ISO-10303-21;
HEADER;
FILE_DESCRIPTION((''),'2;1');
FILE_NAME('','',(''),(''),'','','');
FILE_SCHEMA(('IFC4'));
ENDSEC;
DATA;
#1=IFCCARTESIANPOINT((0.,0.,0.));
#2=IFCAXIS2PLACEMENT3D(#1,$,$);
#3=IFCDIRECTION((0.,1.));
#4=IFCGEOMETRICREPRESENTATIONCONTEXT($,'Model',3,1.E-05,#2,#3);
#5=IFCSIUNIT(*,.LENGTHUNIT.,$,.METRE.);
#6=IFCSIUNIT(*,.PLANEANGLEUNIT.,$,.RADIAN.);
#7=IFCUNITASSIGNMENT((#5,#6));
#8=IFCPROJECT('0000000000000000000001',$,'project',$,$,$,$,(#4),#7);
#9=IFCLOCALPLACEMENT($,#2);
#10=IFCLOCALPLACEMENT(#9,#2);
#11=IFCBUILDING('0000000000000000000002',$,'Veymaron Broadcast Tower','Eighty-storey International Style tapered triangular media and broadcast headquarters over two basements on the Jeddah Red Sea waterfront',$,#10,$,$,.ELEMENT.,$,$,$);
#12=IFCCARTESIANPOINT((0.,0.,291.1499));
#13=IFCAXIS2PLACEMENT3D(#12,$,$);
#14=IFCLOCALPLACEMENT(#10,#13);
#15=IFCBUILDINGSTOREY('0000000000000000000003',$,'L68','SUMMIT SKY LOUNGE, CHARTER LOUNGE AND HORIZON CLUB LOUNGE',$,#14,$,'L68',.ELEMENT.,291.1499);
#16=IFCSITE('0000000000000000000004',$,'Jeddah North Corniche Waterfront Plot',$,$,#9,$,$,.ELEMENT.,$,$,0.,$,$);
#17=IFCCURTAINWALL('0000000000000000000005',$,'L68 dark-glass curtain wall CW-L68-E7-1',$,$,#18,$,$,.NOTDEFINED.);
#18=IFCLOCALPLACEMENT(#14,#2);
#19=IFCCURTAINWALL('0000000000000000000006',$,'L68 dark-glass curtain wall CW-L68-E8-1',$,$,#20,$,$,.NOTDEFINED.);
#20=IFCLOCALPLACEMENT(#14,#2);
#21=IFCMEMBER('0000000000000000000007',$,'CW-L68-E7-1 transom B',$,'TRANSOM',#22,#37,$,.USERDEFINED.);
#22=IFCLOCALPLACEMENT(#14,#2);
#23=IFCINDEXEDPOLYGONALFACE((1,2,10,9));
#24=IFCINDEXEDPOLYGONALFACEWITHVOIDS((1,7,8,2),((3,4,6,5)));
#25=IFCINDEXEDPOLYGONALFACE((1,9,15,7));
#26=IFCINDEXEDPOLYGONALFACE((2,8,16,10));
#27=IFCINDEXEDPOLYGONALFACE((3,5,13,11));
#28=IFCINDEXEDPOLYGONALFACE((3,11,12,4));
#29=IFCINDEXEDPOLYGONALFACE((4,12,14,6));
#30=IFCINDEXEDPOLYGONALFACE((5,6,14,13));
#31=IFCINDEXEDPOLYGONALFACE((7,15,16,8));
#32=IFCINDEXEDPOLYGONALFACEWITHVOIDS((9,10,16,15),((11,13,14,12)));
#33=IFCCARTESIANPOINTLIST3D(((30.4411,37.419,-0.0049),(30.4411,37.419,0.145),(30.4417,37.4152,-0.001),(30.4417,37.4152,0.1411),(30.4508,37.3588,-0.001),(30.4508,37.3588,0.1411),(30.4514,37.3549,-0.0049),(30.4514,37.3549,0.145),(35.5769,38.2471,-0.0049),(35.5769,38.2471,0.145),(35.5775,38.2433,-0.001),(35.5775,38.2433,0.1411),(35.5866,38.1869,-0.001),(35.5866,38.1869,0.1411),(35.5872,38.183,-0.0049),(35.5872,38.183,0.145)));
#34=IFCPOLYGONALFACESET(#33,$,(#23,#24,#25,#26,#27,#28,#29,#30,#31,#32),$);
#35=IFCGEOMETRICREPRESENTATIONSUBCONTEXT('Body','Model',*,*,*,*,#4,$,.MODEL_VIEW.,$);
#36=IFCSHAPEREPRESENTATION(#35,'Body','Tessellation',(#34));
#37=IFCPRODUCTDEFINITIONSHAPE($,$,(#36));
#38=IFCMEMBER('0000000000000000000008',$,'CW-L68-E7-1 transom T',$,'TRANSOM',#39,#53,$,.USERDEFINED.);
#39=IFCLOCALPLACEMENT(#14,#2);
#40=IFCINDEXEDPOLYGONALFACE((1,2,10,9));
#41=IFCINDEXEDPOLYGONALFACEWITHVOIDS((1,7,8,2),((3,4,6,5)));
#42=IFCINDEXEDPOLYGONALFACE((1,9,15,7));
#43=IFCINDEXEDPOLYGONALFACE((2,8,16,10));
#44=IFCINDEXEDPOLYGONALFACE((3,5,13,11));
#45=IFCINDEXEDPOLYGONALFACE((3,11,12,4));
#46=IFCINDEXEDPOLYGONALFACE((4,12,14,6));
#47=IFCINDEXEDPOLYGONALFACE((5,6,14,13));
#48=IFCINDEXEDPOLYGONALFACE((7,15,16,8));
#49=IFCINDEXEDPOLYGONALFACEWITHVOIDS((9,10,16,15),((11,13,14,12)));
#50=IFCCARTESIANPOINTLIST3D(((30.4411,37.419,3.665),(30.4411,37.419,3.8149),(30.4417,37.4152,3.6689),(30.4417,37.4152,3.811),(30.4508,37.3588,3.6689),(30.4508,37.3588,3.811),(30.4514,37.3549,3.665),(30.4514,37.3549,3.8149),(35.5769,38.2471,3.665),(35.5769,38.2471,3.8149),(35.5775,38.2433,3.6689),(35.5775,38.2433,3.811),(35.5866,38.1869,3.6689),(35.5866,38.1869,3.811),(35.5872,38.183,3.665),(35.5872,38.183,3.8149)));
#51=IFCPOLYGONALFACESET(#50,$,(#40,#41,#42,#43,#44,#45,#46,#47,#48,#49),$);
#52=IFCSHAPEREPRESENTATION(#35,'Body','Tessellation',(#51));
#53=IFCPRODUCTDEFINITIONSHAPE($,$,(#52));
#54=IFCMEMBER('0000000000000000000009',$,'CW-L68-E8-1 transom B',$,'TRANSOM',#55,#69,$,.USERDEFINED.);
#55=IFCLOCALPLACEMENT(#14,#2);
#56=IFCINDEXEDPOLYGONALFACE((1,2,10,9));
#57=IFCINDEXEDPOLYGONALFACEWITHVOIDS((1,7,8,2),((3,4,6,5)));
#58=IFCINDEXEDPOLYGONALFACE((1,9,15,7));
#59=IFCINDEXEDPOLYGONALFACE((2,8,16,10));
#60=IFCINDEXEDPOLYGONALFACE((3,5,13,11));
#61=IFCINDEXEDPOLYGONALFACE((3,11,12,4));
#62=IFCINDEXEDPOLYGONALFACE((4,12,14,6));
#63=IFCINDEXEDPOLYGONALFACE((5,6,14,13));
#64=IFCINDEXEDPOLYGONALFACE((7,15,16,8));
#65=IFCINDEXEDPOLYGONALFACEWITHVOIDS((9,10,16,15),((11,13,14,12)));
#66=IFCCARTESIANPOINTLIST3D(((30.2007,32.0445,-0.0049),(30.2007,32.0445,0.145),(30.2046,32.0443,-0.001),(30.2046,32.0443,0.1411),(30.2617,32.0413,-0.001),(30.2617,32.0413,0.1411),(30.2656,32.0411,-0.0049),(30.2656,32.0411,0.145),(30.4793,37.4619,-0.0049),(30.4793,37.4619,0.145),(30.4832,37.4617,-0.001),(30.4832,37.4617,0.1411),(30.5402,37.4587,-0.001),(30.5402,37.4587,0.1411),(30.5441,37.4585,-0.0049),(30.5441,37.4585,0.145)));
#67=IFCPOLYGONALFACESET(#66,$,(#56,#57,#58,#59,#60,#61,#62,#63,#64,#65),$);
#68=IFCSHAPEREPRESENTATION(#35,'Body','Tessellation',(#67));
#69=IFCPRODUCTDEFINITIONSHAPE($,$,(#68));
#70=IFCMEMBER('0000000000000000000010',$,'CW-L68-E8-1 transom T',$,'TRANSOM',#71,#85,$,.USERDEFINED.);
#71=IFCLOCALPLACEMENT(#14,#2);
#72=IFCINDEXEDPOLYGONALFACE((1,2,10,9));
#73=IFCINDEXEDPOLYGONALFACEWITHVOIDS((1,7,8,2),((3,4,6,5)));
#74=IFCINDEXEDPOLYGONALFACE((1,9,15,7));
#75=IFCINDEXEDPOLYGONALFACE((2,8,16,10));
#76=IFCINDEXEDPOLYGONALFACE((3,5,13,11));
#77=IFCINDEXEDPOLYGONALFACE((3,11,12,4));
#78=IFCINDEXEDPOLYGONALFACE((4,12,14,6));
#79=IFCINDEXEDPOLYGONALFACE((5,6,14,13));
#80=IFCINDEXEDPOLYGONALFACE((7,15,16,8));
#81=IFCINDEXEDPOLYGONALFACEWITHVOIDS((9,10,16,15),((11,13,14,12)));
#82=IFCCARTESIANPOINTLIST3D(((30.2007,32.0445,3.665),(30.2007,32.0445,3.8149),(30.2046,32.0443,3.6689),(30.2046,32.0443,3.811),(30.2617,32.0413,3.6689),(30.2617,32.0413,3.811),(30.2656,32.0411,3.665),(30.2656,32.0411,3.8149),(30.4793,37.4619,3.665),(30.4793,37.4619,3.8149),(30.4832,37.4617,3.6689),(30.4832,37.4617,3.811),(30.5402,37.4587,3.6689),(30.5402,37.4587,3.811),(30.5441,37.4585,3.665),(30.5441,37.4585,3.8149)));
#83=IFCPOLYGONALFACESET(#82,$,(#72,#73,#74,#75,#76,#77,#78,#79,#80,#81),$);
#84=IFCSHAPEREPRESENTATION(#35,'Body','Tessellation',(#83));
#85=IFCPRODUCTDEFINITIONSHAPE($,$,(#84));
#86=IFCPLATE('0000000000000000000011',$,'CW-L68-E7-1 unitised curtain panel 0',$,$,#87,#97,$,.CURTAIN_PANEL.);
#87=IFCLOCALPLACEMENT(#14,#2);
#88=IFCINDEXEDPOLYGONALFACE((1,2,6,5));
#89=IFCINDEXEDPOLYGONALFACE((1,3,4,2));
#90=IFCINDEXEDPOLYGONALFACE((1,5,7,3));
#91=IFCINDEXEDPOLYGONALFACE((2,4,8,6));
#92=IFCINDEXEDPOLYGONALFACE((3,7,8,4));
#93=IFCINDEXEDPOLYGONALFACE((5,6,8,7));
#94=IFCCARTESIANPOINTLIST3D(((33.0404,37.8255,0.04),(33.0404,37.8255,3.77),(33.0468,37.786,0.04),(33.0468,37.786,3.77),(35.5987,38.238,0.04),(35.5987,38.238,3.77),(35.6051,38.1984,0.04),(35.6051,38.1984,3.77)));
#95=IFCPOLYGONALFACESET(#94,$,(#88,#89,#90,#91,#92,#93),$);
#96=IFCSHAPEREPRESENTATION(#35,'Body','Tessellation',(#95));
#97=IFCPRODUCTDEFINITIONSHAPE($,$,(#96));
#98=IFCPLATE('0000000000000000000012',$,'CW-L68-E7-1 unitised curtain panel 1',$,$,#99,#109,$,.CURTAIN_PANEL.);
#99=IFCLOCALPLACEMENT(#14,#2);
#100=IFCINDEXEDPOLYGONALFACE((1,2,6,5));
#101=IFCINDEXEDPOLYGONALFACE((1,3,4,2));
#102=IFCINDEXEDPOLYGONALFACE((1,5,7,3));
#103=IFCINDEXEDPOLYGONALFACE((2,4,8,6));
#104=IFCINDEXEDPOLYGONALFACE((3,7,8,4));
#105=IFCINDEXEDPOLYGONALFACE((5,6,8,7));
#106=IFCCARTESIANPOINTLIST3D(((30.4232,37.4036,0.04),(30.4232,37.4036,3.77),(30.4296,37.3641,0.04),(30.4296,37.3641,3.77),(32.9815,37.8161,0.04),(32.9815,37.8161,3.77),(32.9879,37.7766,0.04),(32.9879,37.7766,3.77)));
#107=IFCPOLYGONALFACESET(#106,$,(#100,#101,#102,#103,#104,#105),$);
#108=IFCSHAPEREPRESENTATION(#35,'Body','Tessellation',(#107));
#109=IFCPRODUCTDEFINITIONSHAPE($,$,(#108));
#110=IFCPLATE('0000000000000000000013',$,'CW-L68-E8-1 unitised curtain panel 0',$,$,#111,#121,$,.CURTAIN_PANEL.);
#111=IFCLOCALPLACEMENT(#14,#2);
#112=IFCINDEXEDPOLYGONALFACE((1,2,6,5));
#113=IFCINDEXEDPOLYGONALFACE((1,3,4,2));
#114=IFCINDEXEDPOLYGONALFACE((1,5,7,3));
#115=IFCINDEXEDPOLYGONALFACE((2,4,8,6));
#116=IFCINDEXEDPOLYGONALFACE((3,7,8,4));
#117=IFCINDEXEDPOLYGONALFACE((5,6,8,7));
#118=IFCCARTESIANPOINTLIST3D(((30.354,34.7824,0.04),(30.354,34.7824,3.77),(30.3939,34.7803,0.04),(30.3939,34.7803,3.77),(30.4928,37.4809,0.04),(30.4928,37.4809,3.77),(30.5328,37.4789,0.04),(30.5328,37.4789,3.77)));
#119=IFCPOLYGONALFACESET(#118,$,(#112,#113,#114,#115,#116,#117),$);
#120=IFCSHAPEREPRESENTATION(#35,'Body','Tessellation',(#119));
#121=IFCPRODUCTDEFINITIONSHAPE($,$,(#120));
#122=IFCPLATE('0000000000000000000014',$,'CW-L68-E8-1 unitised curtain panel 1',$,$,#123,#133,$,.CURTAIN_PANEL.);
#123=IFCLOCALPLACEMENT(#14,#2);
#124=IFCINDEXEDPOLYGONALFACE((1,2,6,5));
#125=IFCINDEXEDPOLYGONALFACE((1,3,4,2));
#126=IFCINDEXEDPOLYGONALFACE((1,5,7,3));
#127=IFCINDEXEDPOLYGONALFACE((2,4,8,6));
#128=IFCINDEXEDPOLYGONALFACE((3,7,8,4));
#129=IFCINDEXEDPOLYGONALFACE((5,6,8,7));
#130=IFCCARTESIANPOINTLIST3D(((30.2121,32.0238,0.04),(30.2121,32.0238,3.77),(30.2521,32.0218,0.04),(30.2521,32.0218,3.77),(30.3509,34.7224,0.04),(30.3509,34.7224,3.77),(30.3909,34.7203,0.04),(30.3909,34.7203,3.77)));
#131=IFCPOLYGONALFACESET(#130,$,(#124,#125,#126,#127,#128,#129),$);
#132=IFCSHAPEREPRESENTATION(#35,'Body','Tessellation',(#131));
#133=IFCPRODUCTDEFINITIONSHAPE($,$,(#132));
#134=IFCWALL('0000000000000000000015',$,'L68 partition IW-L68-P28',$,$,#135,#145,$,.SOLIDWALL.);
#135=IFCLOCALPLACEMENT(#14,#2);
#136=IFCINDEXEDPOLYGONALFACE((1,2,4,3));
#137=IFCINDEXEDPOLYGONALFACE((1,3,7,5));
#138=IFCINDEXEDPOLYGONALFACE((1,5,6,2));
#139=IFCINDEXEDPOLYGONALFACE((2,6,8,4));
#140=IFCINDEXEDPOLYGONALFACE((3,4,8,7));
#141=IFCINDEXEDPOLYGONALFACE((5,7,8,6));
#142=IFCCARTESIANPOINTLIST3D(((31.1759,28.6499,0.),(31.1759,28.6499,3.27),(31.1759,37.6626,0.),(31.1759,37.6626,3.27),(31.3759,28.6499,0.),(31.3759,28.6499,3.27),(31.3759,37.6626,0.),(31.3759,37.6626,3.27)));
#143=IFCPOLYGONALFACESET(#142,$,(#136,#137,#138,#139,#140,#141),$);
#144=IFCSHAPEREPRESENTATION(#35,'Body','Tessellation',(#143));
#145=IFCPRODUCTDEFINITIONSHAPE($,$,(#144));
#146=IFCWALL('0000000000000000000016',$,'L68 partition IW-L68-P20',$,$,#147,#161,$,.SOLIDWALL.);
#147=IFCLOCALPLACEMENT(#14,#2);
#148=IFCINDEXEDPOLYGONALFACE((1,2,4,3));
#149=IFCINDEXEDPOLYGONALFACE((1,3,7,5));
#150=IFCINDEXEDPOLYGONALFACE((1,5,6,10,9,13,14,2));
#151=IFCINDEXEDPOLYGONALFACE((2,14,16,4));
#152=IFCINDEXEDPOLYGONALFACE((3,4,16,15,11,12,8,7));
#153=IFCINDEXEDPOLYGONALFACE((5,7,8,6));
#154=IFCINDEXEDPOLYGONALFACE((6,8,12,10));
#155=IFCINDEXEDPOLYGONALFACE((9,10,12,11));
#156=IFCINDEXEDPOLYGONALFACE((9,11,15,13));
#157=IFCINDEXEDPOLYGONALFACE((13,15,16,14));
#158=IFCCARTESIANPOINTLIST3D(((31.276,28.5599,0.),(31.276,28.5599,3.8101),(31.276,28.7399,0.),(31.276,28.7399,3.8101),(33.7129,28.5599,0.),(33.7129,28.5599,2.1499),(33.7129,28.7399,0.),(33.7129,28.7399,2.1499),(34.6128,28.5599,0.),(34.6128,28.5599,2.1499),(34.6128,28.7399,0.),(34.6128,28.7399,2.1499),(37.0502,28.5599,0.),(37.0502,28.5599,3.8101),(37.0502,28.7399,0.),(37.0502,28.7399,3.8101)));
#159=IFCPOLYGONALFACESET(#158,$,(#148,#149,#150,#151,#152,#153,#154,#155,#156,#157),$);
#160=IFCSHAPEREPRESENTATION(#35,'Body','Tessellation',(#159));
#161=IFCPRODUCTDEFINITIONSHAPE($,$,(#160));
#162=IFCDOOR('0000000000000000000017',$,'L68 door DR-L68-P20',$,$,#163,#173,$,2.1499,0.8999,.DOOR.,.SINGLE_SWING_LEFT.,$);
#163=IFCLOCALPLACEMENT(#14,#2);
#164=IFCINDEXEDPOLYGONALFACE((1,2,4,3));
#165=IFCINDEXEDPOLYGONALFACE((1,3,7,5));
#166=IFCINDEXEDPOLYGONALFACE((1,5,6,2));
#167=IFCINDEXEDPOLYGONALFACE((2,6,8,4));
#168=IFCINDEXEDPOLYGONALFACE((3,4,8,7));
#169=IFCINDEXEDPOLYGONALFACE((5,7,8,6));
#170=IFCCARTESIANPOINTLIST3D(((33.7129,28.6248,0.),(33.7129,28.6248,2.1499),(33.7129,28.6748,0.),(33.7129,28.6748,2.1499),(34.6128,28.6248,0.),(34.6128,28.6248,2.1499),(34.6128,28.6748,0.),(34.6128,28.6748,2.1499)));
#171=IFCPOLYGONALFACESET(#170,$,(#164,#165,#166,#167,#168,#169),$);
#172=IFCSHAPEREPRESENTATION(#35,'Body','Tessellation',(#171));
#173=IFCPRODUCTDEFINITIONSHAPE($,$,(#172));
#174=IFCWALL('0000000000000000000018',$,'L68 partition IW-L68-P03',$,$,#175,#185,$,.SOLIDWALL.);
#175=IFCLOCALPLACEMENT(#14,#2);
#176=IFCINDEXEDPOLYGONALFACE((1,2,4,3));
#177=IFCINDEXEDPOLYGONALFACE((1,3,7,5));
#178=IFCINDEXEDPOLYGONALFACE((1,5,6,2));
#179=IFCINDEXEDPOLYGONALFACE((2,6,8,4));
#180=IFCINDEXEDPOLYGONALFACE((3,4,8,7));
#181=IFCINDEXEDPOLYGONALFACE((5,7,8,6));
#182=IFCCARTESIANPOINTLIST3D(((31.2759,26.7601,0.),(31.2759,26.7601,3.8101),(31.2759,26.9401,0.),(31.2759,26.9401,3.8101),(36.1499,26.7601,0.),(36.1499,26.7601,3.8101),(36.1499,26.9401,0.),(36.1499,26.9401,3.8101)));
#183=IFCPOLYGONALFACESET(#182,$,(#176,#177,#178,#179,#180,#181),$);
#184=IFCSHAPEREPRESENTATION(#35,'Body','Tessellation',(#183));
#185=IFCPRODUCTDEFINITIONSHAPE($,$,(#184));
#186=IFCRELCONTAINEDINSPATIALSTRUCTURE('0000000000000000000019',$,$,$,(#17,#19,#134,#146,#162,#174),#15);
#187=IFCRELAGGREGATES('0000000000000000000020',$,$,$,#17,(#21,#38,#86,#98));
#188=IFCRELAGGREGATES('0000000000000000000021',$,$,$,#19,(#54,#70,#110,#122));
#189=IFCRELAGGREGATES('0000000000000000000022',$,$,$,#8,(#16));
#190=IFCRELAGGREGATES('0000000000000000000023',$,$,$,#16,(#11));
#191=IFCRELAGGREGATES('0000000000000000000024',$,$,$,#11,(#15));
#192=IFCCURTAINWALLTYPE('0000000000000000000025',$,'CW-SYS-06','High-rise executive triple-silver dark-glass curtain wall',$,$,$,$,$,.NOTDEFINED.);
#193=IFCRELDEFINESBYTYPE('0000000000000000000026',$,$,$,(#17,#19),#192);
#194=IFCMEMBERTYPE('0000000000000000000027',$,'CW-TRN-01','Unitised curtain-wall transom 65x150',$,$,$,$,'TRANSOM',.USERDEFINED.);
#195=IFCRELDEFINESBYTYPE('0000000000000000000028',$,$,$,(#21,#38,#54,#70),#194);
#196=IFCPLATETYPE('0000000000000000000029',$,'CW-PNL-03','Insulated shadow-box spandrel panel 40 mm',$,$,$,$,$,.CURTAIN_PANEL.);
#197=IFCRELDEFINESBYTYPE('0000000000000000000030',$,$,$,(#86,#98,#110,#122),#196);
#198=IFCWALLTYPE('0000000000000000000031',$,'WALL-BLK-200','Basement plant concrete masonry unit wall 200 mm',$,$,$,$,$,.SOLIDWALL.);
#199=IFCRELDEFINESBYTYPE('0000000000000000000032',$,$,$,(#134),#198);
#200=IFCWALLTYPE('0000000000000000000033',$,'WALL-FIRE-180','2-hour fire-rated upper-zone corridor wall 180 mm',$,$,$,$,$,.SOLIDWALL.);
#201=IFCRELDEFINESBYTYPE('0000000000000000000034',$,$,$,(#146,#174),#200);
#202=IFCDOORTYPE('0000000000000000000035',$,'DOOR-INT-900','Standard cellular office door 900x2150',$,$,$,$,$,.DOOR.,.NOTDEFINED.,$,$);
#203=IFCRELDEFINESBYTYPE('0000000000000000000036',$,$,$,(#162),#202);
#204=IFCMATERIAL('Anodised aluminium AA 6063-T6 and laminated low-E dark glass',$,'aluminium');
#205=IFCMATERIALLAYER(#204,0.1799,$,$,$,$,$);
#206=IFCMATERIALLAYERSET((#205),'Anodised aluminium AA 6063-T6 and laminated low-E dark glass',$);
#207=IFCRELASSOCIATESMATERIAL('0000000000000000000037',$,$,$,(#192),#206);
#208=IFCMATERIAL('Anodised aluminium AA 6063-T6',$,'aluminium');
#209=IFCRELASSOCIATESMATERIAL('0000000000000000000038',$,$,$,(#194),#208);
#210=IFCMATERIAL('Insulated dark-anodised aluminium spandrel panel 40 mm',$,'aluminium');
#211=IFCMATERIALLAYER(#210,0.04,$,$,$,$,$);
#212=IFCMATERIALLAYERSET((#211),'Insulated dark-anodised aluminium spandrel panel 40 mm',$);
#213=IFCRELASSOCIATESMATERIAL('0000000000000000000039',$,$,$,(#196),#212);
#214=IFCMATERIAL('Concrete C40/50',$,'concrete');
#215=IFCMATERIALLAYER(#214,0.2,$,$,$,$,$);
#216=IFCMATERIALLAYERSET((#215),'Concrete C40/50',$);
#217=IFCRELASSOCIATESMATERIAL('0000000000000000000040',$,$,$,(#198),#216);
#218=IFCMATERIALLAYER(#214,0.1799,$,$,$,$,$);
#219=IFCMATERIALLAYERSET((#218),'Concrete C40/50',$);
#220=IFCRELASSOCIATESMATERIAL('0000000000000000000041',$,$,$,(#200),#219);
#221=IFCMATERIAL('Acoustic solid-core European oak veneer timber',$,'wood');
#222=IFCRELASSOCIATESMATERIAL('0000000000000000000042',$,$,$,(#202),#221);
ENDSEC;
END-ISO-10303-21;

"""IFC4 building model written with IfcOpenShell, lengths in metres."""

from ifc_helpers import new_model, si_unit, direction, frame, frame_2d, origin, origin_2d, place, context, subcontext, project, spatial, rectangle, hollow_rectangle, extrude, material, layer, layer_set, material_profile, profile_set, type_object, element, fill, aggregate, save


model = new_model("IFC4")

# Units and contexts
model_context = context("Model", 3, precision=1e-05, world=origin(), true_north=direction((0.0, 1.0)))
body_context = subcontext(model_context, "Body", "Model", "MODEL_VIEW")
ifc_project = project(units=[si_unit("LENGTHUNIT", "METRE"), si_unit("PLANEANGLEUNIT", "RADIAN")], contexts=[model_context])

# Site, building, storey
site_placement = place(None, origin())
site = spatial("IfcSite", under=ifc_project, at=site_placement, Name="Jeddah North Corniche Waterfront Plot", CompositionType="ELEMENT", RefElevation=0.0)
building_placement = place(site_placement, origin())
building = spatial("IfcBuilding", under=site, at=building_placement, Name="Veymaron Broadcast Tower", Description="Eighty-storey International Style tapered triangular media and broadcast headquarters over two basements on the Jeddah Red Sea waterfront", CompositionType="ELEMENT")
storey_placement = place(building_placement, frame((0.0, 0.0, 291.1499)))
storey = spatial("IfcBuildingStorey", under=building, at=storey_placement, Name="L68", Description="SUMMIT SKY LOUNGE, CHARTER LOUNGE AND HORIZON CLUB LOUNGE", LongName="L68", CompositionType="ELEMENT", Elevation=291.1499)

# Shared definitions
ifc_material_1 = material(Name="Anodised aluminium AA 6063-T6 and laminated low-E dark glass", Category="aluminium")
ifc_layer_1 = layer(ifc_material_1, 0.1799)
ifc_layer_set_1 = layer_set([ifc_layer_1], Name="Anodised aluminium AA 6063-T6 and laminated low-E dark glass")
curtain_wall_type = type_object("IfcCurtainWallType", Name="CW-SYS-06", Description="High-rise executive triple-silver dark-glass curtain wall", PredefinedType="NOTDEFINED", material=ifc_layer_set_1)
ifc_material_2 = material(Name="Anodised aluminium AA 6063-T6", Category="aluminium")

# Curtain walls
curtain_wall_1_placement = place(storey_placement, origin())
curtain_wall_1 = element("IfcCurtainWall", 1, at=curtain_wall_1_placement, inside=storey, type_object=curtain_wall_type, Name="L68 dark-glass curtain wall CW-L68-E7-1", PredefinedType="NOTDEFINED")
curtain_wall_2_placement = place(storey_placement, origin())
curtain_wall_2 = element("IfcCurtainWall", 2, at=curtain_wall_2_placement, inside=storey, type_object=curtain_wall_type, Name="L68 dark-glass curtain wall CW-L68-E8-1", PredefinedType="NOTDEFINED")

# Members
ifc_material_profile_1 = material_profile(ifc_material_2, hollow_rectangle(XDim=0.0649, YDim=0.1499, WallThickness=0.0039, at=origin_2d()), Name="AL150X65X4")
ifc_profile_set_1 = profile_set([ifc_material_profile_1], Name="Anodised aluminium AA 6063-T6")
member_type_1 = type_object("IfcMemberType", Name="CW-TRN-01", Description="Unitised curtain-wall transom 65x150", ElementType="TRANSOM", PredefinedType="USERDEFINED", material=ifc_profile_set_1)
member_1_placement = place(storey_placement, frame((35.582, 38.2151, 0.0701), z_axis=(-0.987248, -0.159191, 0.0), x_axis=(0.159191, -0.987248, 0.0)))
member_1 = element("IfcMember", 3, at=member_1_placement, type_object=member_type_1, Name="CW-L68-E7-1 transom B", ObjectType="TRANSOM", PredefinedType="USERDEFINED", context=body_context, shape_type="SweptSolid", body=[
    extrude(hollow_rectangle(XDim=0.0649, YDim=0.1499, WallThickness=0.0039, at=origin_2d()), origin(), (0.0, 0.0, 1.0), 5.2021),
])
member_2_placement = place(storey_placement, frame((35.582, 38.2151, 3.74), z_axis=(-0.987248, -0.159191, 0.0), x_axis=(0.159191, -0.987248, 0.0)))
member_2 = element("IfcMember", 4, at=member_2_placement, type_object=member_type_1, Name="CW-L68-E7-1 transom T", ObjectType="TRANSOM", PredefinedType="USERDEFINED", context=body_context, shape_type="SweptSolid", body=[
    extrude(hollow_rectangle(XDim=0.0649, YDim=0.1499, WallThickness=0.0039, at=origin_2d()), origin(), (0.0, 0.0, 1.0), 5.2021),
])
member_3_placement = place(storey_placement, frame((30.5117, 37.4602, 0.0701), z_axis=(-0.051352, -0.998681, 0.0), x_axis=(0.998681, -0.051352, 0.0)))
member_3 = element("IfcMember", 5, at=member_3_placement, type_object=member_type_1, Name="CW-L68-E8-1 transom B", ObjectType="TRANSOM", PredefinedType="USERDEFINED", context=body_context, shape_type="SweptSolid", body=[
    extrude(hollow_rectangle(XDim=0.0649, YDim=0.1499, WallThickness=0.0039, at=origin_2d()), origin(), (0.0, 0.0, 1.0), 5.4246),
])
member_4_placement = place(storey_placement, frame((30.5117, 37.4602, 3.74), z_axis=(-0.051352, -0.998681, 0.0), x_axis=(0.998681, -0.051352, 0.0)))
member_4 = element("IfcMember", 6, at=member_4_placement, type_object=member_type_1, Name="CW-L68-E8-1 transom T", ObjectType="TRANSOM", PredefinedType="USERDEFINED", context=body_context, shape_type="SweptSolid", body=[
    extrude(hollow_rectangle(XDim=0.0649, YDim=0.1499, WallThickness=0.0039, at=origin_2d()), origin(), (0.0, 0.0, 1.0), 5.4246),
])

# Plates
ifc_material_3 = material(Name="Insulated dark-anodised aluminium spandrel panel 40 mm", Category="aluminium")
ifc_layer_2 = layer(ifc_material_3, 0.04)
ifc_layer_set_2 = layer_set([ifc_layer_2], Name="Insulated dark-anodised aluminium spandrel panel 40 mm")
plate_type = type_object("IfcPlateType", Name="CW-PNL-03", Description="Insulated shadow-box spandrel panel 40 mm", PredefinedType="CURTAIN_PANEL", material=ifc_layer_set_2)
plate_1_placement = place(storey_placement, frame((34.3228, 38.012, 0.04), z_axis=(0.0, 0.0, 1.0), x_axis=(-0.98725, -0.159175, 0.0)))
plate_1 = element("IfcPlate", 7, at=plate_1_placement, type_object=plate_type, Name="CW-L68-E7-1 unitised curtain panel 0", PredefinedType="CURTAIN_PANEL", context=body_context, shape_type="SweptSolid", body=[
    extrude(rectangle(XDim=2.5913, YDim=0.04, at=origin_2d()), origin(), (0.0, 0.0, 1.0), 3.73),
])
plate_2_placement = place(storey_placement, frame((31.7056, 37.5901, 0.04), z_axis=(0.0, 0.0, 1.0), x_axis=(-0.98725, -0.159175, 0.0)))
plate_2 = element("IfcPlate", 8, at=plate_2_placement, type_object=plate_type, Name="CW-L68-E7-1 unitised curtain panel 1", PredefinedType="CURTAIN_PANEL", context=body_context, shape_type="SweptSolid", body=[
    extrude(rectangle(XDim=2.5913, YDim=0.04, at=origin_2d()), origin(), (0.0, 0.0, 1.0), 3.73),
])
aggregate(curtain_wall_1, [member_1, member_2, plate_1, plate_2])
plate_3_placement = place(storey_placement, frame((30.4434, 36.1306, 0.04), z_axis=(0.0, 0.0, 1.0), x_axis=(-0.051377, -0.998679, 0.0)))
plate_3 = element("IfcPlate", 9, at=plate_3_placement, type_object=plate_type, Name="CW-L68-E8-1 unitised curtain panel 0", PredefinedType="CURTAIN_PANEL", context=body_context, shape_type="SweptSolid", body=[
    extrude(rectangle(XDim=2.7021, YDim=0.04, at=origin_2d()), origin(), (0.0, 0.0, 1.0), 3.73),
])
plate_4_placement = place(storey_placement, frame((30.3015, 33.3721, 0.04), z_axis=(0.0, 0.0, 1.0), x_axis=(-0.051377, -0.998679, 0.0)))
plate_4 = element("IfcPlate", 10, at=plate_4_placement, type_object=plate_type, Name="CW-L68-E8-1 unitised curtain panel 1", PredefinedType="CURTAIN_PANEL", context=body_context, shape_type="SweptSolid", body=[
    extrude(rectangle(XDim=2.7021, YDim=0.04, at=origin_2d()), origin(), (0.0, 0.0, 1.0), 3.73),
])
aggregate(curtain_wall_2, [member_3, member_4, plate_3, plate_4])

# Wall
ifc_material_4 = material(Name="Concrete C40/50", Category="concrete")
ifc_layer_3 = layer(ifc_material_4, 0.2)
ifc_layer_set_3 = layer_set([ifc_layer_3], Name="Concrete C40/50")
wall_type_1 = type_object("IfcWallType", Name="WALL-BLK-200", Description="Basement plant concrete masonry unit wall 200 mm", PredefinedType="SOLIDWALL", material=ifc_layer_set_3)
wall_1_placement = place(storey_placement, frame((31.2759, 28.6499, 0.0), z_axis=(0.0, 0.0, 1.0), x_axis=(0.0, 1.0, 0.0)))
element("IfcWall", 11, at=wall_1_placement, inside=storey, type_object=wall_type_1, Name="L68 partition IW-L68-P28", PredefinedType="SOLIDWALL", context=body_context, shape_type="SweptSolid", body=[
    extrude(rectangle(XDim=9.0127, YDim=0.2, at=frame_2d((4.5063, 0.0))), origin(), (0.0, 0.0, 1.0), 3.27),
])

# Wall, opening, door
ifc_layer_4 = layer(ifc_material_4, 0.1799)
ifc_layer_set_4 = layer_set([ifc_layer_4], Name="Concrete C40/50")
wall_type_2 = type_object("IfcWallType", Name="WALL-FIRE-180", Description="2-hour fire-rated upper-zone corridor wall 180 mm", PredefinedType="SOLIDWALL", material=ifc_layer_set_4)
wall_2_placement = place(storey_placement, frame((31.2759, 28.6499, 0.0), z_axis=(0.0, 0.0, 1.0), x_axis=(1.0, 0.0, 0.0)))
wall_2 = element("IfcWall", 12, at=wall_2_placement, inside=storey, type_object=wall_type_2, Name="L68 partition IW-L68-P20", PredefinedType="SOLIDWALL", context=body_context, shape_type="SweptSolid", body=[
    extrude(rectangle(XDim=5.7742, YDim=0.1799, at=frame_2d((2.8872, 0.0))), origin(), (0.0, 0.0, 1.0), 3.8101),
])
opening_placement = place(wall_2_placement, frame((2.437, 0.0, 0.0)))
opening = element("IfcOpeningElement", 13, at=opening_placement, cuts=wall_2, PredefinedType="OPENING", context=body_context, shape_type="SweptSolid", body=[
    extrude(rectangle(XDim=0.8999, YDim=2.1499, at=frame_2d((0.45, 1.075))), frame((0.0, 0.1001, 0.0), z_axis=(0.0, -1.0, 0.0), x_axis=(1.0, 0.0, 0.0)), (0.0, 0.0, 1.0), 0.2),
])
ifc_material_5 = material(Name="Acoustic solid-core European oak veneer timber", Category="wood")
door_type = type_object("IfcDoorType", Name="DOOR-INT-900", Description="Standard cellular office door 900x2150", OperationType="NOTDEFINED", PredefinedType="DOOR", material=ifc_material_5)
door_placement = place(opening_placement, origin())
door = element("IfcDoor", 14, at=door_placement, inside=storey, type_object=door_type, Name="L68 door DR-L68-P20", OperationType="SINGLE_SWING_LEFT", OverallHeight=2.1499, OverallWidth=0.8999, PredefinedType="DOOR", context=body_context, shape_type="SweptSolid", body=[
    extrude(rectangle(XDim=0.8999, YDim=2.1499, at=frame_2d((0.45, 1.075))), frame((0.0, 0.0249, 0.0), z_axis=(0.0, -1.0, 0.0), x_axis=(1.0, 0.0, 0.0)), (0.0, 0.0, 1.0), 0.05),
])
fill(opening, door)

# Wall
wall_3_placement = place(storey_placement, frame((31.2759, 26.8501, 0.0), z_axis=(0.0, 0.0, 1.0), x_axis=(1.0, 0.0, 0.0)))
element("IfcWall", 15, at=wall_3_placement, inside=storey, type_object=wall_type_2, Name="L68 partition IW-L68-P03", PredefinedType="SOLIDWALL", context=body_context, shape_type="SweptSolid", body=[
    extrude(rectangle(XDim=4.874, YDim=0.1799, at=frame_2d((2.437, 0.0))), origin(), (0.0, 0.0, 1.0), 3.8101),
])

save(model, "model.ifc")
